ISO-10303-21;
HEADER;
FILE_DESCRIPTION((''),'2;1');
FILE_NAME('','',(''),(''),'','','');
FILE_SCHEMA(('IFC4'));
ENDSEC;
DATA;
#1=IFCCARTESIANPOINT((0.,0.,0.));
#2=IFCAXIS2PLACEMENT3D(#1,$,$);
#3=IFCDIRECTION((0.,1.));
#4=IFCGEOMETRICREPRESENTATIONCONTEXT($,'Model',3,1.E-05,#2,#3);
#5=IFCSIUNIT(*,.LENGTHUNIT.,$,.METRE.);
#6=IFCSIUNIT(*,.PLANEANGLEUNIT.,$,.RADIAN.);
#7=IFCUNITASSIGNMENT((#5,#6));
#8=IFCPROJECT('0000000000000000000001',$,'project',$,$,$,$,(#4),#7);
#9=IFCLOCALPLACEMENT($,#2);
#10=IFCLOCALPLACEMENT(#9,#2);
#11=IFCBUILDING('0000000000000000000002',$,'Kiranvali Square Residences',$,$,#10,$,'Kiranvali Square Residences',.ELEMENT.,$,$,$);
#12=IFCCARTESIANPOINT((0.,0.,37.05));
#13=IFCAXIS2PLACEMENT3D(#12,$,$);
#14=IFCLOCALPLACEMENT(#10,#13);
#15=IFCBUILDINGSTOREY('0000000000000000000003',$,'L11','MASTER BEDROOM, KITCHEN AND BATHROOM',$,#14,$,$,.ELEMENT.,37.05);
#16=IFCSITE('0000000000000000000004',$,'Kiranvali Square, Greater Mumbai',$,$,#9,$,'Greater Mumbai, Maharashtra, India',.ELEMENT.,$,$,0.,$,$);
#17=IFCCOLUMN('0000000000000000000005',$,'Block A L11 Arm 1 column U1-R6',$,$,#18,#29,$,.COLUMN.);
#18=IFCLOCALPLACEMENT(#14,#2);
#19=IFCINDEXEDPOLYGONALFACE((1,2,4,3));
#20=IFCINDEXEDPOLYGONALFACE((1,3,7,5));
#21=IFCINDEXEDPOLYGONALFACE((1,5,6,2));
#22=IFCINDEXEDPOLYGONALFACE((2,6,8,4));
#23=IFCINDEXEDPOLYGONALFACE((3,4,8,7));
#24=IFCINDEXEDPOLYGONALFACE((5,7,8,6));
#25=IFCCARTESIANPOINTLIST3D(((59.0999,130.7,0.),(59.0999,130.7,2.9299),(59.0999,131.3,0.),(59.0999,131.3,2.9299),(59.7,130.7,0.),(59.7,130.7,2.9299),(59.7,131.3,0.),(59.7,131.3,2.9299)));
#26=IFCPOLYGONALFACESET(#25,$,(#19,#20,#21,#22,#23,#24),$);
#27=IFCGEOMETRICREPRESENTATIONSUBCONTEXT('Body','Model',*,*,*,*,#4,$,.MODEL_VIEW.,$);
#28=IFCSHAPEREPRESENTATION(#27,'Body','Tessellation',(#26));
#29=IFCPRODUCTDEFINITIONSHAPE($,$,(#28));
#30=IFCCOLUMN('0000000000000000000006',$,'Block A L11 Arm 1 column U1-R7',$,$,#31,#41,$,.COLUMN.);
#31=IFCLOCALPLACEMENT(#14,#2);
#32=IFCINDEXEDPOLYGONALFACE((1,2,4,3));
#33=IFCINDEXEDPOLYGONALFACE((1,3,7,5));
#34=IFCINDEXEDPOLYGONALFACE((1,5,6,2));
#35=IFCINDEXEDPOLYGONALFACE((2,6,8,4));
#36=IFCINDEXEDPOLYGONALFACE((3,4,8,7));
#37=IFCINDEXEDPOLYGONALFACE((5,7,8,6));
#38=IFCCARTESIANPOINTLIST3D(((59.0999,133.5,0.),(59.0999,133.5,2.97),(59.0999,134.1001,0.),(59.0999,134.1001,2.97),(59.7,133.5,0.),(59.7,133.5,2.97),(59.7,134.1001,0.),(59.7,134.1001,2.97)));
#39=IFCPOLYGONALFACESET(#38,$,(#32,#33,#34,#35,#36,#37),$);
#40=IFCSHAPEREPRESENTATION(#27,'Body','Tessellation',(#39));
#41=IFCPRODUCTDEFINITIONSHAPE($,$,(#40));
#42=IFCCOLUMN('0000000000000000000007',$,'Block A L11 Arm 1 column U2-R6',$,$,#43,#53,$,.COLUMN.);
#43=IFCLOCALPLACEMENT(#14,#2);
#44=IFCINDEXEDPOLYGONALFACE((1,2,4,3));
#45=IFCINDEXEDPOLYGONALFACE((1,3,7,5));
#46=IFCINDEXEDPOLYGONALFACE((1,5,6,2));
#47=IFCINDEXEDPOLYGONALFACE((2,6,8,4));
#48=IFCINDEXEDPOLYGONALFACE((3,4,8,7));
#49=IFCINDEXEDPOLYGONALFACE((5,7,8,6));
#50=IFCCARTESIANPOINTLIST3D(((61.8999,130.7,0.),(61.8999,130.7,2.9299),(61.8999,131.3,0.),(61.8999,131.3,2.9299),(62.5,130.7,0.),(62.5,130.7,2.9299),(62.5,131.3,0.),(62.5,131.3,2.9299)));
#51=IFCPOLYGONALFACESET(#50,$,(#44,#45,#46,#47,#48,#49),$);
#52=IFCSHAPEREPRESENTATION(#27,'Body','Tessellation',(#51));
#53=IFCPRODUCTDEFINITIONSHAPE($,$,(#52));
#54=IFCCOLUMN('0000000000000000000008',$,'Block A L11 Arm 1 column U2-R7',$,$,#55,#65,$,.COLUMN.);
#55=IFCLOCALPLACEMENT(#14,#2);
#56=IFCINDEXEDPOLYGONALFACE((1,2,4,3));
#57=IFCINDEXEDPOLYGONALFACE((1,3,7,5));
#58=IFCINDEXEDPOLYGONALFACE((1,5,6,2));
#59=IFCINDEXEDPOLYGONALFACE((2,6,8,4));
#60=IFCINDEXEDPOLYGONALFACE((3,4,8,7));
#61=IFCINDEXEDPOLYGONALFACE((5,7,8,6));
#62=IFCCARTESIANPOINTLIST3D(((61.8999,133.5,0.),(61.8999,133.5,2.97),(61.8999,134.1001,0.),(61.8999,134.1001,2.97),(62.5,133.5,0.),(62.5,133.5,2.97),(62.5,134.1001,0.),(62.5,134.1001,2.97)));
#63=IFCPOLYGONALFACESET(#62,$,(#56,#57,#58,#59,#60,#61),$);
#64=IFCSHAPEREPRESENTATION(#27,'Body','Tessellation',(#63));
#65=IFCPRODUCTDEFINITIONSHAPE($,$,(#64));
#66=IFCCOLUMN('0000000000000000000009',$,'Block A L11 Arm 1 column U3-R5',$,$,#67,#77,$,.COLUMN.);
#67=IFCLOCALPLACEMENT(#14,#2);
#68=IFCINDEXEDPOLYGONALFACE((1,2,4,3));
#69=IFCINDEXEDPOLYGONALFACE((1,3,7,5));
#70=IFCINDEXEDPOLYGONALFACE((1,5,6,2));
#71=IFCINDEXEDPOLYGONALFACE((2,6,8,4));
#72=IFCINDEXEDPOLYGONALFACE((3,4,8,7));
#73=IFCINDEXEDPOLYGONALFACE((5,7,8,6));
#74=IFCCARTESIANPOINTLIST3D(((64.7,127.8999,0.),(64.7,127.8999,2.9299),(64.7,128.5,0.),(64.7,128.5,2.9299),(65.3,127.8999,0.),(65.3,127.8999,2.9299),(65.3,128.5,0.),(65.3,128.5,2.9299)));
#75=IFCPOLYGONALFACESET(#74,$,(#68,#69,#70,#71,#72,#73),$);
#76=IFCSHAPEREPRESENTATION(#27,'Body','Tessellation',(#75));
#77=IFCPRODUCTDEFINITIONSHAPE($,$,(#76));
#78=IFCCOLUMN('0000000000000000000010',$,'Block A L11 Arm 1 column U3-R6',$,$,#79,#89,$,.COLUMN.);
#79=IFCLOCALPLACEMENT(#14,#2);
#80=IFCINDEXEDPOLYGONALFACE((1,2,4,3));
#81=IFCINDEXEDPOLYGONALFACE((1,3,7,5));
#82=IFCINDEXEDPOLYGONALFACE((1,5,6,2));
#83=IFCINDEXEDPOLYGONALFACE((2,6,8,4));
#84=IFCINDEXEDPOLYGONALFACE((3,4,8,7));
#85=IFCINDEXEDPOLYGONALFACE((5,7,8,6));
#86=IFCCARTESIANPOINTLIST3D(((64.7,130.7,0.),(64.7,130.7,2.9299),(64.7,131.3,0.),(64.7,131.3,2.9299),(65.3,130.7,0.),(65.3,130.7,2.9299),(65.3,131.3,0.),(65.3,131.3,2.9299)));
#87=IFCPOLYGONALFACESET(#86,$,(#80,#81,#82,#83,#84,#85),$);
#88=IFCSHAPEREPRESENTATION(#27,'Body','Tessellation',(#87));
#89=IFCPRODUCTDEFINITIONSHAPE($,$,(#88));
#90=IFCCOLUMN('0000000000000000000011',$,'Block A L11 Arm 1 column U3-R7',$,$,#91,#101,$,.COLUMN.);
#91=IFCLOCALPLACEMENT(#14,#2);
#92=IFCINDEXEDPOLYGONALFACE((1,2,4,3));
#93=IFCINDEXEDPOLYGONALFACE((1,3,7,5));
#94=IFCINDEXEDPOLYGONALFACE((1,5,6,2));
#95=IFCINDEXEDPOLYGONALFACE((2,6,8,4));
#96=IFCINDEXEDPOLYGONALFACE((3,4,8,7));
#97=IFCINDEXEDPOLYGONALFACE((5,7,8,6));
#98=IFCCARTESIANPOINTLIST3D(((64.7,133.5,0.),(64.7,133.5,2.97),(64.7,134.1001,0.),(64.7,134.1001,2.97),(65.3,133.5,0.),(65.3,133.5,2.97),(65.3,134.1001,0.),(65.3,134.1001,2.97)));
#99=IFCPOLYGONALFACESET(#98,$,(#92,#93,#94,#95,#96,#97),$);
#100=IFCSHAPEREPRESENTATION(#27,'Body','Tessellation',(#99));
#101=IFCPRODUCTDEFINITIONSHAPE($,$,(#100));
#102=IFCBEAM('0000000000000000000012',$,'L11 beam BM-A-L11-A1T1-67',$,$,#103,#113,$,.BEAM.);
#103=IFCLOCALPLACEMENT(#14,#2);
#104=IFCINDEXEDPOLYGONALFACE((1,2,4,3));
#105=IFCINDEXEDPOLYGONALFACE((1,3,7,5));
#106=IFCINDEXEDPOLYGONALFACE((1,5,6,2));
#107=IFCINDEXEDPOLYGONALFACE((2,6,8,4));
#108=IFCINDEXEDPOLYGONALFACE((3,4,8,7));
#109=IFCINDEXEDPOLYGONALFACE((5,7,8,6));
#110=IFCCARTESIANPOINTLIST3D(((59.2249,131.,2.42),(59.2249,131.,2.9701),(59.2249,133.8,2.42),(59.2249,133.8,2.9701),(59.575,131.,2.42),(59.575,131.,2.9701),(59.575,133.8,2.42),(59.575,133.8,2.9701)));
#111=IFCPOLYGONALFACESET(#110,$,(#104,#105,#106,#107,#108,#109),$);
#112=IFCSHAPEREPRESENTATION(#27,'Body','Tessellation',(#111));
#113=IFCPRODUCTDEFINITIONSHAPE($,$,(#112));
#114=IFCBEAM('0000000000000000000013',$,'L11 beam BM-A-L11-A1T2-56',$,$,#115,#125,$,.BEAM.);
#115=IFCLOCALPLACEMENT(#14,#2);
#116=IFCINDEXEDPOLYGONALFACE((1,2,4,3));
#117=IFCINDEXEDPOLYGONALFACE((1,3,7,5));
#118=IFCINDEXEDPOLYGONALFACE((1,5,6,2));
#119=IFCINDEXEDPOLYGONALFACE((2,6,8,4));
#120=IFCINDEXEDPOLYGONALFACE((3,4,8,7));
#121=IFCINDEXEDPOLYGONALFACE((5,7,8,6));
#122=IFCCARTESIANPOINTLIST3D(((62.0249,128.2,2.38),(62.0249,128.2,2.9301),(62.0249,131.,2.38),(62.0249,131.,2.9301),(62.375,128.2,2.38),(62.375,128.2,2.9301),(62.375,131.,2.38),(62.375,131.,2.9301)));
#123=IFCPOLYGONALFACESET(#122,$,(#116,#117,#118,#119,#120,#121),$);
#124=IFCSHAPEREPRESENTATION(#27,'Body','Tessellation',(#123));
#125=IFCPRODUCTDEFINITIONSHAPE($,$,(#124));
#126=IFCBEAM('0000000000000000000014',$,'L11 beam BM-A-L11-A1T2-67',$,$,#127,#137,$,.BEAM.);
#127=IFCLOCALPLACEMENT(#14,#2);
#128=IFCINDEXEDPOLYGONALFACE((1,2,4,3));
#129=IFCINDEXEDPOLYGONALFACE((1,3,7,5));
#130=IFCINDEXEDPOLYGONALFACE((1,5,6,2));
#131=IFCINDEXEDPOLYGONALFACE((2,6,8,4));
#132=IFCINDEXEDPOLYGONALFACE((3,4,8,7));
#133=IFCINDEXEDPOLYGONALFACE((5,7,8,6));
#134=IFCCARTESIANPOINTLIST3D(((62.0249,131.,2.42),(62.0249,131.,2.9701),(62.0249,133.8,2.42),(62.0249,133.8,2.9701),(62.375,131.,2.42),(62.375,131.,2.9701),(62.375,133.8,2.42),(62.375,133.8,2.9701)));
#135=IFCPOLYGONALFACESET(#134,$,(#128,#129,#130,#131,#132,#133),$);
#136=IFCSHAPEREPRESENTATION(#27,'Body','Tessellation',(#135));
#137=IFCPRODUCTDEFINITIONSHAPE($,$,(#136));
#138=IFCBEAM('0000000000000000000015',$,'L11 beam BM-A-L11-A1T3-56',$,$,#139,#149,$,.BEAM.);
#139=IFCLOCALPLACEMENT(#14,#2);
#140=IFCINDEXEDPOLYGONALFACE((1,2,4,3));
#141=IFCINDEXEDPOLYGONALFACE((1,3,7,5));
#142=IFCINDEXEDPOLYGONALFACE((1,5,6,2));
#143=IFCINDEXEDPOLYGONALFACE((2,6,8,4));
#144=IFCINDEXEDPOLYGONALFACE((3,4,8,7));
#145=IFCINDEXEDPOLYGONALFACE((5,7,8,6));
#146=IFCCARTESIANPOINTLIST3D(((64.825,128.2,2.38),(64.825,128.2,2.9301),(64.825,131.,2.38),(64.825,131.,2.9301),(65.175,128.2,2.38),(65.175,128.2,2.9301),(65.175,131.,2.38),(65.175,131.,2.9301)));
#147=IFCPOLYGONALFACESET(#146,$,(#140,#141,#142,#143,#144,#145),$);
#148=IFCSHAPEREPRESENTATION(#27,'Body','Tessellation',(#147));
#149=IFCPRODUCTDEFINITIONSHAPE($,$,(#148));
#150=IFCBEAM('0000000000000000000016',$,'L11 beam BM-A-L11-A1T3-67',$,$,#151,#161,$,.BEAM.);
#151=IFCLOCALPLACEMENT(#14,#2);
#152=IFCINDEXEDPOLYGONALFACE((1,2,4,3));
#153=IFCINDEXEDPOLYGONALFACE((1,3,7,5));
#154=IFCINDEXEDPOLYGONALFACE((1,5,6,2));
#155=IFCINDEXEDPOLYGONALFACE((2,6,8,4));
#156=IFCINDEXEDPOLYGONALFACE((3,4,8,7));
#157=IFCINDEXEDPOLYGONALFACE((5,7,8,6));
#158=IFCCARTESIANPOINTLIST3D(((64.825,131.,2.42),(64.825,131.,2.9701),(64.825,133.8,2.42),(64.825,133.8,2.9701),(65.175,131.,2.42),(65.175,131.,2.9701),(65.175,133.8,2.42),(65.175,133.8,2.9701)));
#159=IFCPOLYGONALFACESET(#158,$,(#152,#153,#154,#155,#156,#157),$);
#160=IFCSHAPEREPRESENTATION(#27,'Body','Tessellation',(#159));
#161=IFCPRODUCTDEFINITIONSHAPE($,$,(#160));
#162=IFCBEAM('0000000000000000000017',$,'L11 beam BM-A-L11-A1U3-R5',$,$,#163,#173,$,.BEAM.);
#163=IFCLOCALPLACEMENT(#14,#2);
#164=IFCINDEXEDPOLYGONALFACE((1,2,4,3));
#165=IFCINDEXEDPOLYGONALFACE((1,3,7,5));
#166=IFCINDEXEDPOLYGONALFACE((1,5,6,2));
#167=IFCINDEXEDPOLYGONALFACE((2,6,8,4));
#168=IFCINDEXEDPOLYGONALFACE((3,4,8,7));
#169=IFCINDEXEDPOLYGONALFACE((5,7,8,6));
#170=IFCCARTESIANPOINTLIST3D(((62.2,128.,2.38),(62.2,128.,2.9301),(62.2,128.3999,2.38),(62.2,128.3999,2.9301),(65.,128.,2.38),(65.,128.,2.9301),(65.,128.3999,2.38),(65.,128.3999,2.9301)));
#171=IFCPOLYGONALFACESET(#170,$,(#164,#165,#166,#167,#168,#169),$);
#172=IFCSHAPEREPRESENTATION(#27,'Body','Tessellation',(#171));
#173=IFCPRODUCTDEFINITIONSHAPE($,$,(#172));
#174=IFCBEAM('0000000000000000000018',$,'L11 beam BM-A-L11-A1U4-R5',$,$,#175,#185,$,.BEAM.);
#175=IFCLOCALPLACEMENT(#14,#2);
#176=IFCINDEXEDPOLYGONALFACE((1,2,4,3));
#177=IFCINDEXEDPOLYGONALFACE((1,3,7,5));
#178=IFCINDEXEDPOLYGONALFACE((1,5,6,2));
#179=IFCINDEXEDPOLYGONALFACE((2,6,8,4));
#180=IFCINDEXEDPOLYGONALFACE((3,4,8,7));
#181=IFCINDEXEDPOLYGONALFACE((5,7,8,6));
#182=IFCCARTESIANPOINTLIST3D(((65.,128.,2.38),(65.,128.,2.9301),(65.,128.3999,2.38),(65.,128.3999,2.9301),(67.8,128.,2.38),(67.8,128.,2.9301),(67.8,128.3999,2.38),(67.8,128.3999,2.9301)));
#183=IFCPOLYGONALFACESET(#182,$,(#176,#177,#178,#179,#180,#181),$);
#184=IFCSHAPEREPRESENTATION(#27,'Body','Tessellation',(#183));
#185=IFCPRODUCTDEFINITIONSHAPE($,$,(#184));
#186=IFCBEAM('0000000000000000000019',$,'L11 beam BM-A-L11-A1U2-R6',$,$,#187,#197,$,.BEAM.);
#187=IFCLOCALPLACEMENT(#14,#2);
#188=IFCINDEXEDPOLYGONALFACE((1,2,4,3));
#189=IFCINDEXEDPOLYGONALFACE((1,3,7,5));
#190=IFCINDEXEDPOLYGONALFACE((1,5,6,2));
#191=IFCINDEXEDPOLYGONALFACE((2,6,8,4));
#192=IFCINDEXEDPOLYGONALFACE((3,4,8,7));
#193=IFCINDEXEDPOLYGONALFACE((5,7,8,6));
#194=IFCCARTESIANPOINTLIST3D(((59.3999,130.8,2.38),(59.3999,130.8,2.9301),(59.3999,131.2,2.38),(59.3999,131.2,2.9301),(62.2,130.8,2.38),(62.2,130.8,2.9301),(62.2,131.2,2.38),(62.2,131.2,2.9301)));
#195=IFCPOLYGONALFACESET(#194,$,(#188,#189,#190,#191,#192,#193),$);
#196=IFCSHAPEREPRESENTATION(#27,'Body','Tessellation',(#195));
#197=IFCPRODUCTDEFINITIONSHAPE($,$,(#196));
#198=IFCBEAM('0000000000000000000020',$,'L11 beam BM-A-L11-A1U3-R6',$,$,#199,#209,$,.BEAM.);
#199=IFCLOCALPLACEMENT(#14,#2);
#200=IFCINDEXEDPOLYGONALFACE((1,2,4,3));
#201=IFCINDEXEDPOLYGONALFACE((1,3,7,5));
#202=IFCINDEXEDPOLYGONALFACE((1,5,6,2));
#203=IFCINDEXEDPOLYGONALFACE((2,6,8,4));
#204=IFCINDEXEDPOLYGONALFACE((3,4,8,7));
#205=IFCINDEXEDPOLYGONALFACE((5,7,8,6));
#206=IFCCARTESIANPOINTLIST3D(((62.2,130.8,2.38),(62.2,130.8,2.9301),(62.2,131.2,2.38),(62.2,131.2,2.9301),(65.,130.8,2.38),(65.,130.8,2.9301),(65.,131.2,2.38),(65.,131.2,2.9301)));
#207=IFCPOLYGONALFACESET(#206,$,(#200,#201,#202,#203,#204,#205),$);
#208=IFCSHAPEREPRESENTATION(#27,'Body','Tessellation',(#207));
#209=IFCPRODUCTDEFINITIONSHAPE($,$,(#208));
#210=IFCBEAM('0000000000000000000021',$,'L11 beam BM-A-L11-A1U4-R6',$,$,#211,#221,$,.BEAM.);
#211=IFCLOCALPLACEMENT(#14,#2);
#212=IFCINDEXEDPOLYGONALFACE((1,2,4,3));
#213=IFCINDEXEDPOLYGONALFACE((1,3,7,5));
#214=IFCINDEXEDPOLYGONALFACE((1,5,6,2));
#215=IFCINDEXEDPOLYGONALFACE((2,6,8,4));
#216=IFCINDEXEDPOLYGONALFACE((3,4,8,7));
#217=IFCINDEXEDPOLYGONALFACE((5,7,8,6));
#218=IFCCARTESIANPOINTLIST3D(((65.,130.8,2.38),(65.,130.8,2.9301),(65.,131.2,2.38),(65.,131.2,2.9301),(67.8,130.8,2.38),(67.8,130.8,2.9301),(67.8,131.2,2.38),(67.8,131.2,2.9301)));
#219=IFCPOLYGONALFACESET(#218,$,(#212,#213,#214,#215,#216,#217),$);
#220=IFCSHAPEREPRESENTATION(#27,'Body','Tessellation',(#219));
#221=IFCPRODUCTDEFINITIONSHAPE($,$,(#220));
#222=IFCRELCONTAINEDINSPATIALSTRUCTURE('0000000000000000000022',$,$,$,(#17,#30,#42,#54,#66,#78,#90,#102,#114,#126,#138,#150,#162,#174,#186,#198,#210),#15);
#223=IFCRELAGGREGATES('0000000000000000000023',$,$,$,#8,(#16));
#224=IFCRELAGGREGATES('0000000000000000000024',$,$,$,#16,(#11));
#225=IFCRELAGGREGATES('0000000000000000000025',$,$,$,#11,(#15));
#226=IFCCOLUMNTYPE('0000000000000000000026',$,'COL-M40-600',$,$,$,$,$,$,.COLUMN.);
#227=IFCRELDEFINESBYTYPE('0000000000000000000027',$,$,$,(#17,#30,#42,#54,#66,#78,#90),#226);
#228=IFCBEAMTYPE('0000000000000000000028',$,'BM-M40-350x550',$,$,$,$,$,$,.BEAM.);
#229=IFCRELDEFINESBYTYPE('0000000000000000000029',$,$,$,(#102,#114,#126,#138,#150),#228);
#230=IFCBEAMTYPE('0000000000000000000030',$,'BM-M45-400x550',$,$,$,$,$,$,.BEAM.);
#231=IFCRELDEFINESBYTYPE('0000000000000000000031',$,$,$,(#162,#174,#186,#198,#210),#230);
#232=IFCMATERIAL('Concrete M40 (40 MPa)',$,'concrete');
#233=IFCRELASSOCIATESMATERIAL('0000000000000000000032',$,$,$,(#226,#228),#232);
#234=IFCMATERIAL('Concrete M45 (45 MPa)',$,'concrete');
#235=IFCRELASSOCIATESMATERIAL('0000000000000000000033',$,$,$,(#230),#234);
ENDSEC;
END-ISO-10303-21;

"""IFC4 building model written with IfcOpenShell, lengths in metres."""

from ifc_helpers import new_model, si_unit, direction, frame, origin, origin_2d, place, context, subcontext, project, spatial, rectangle, extrude, material, material_profile, profile_set, type_object, element, save


model = new_model("IFC4")

# Units and contexts
model_context = context("Model", 3, precision=1e-05, world=origin(), true_north=direction((0.0, 1.0)))
body_context = subcontext(model_context, "Body", "Model", "MODEL_VIEW")
ifc_project = project(units=[si_unit("LENGTHUNIT", "METRE"), si_unit("PLANEANGLEUNIT", "RADIAN")], contexts=[model_context])

# Site, building, storey
site_placement = place(None, origin())
site = spatial("IfcSite", under=ifc_project, at=site_placement, Name="Kiranvali Square, Greater Mumbai", LongName="Greater Mumbai, Maharashtra, India", CompositionType="ELEMENT", RefElevation=0.0)
building_placement = place(site_placement, origin())
building = spatial("IfcBuilding", under=site, at=building_placement, Name="Kiranvali Square Residences", LongName="Kiranvali Square Residences", CompositionType="ELEMENT")
storey_placement = place(building_placement, frame((0.0, 0.0, 37.05)))
storey = spatial("IfcBuildingStorey", under=building, at=storey_placement, Name="L11", Description="MASTER BEDROOM, KITCHEN AND BATHROOM", CompositionType="ELEMENT", Elevation=37.05)

# Columns
ifc_material_1 = material(Name="Concrete M40 (40 MPa)", Category="concrete")
ifc_material_profile_1 = material_profile(ifc_material_1, rectangle(XDim=0.6001, YDim=0.6001, at=origin_2d()), Name="RC 600x600")
ifc_profile_set_1 = profile_set([ifc_material_profile_1], Name="Concrete M40 (40 MPa)")
column_type = type_object("IfcColumnType", Name="COL-M40-600", PredefinedType="COLUMN", material=ifc_profile_set_1)
column_1_placement = place(storey_placement, frame((59.3999, 131.0, 0.0), z_axis=(0.0, 0.0, 1.0), x_axis=(1.0, 0.0, 0.0)))
element("IfcColumn", 1, at=column_1_placement, inside=storey, type_object=column_type, Name="Block A L11 Arm 1 column U1-R6", PredefinedType="COLUMN", context=body_context, shape_type="SweptSolid", body=[
    extrude(rectangle(XDim=0.6001, YDim=0.6001, at=origin_2d()), origin(), (0.0, 0.0, 1.0), 2.9299),
])
column_2_placement = place(storey_placement, frame((59.3999, 133.8, 0.0), z_axis=(0.0, 0.0, 1.0), x_axis=(1.0, 0.0, 0.0)))
element("IfcColumn", 2, at=column_2_placement, inside=storey, type_object=column_type, Name="Block A L11 Arm 1 column U1-R7", PredefinedType="COLUMN", context=body_context, shape_type="SweptSolid", body=[
    extrude(rectangle(XDim=0.6001, YDim=0.6001, at=origin_2d()), origin(), (0.0, 0.0, 1.0), 2.97),
])
column_3_placement = place(storey_placement, frame((62.2, 131.0, 0.0), z_axis=(0.0, 0.0, 1.0), x_axis=(1.0, 0.0, 0.0)))
element("IfcColumn", 3, at=column_3_placement, inside=storey, type_object=column_type, Name="Block A L11 Arm 1 column U2-R6", PredefinedType="COLUMN", context=body_context, shape_type="SweptSolid", body=[
    extrude(rectangle(XDim=0.6001, YDim=0.6001, at=origin_2d()), origin(), (0.0, 0.0, 1.0), 2.9299),
])
column_4_placement = place(storey_placement, frame((62.2, 133.8, 0.0), z_axis=(0.0, 0.0, 1.0), x_axis=(1.0, 0.0, 0.0)))
element("IfcColumn", 4, at=column_4_placement, inside=storey, type_object=column_type, Name="Block A L11 Arm 1 column U2-R7", PredefinedType="COLUMN", context=body_context, shape_type="SweptSolid", body=[
    extrude(rectangle(XDim=0.6001, YDim=0.6001, at=origin_2d()), origin(), (0.0, 0.0, 1.0), 2.97),
])
for number, where, z_axis, x_axis, name in (
    (5, (65.0, 128.2, 0.0), (0.0, 0.0, 1.0), (1.0, 0.0, 0.0), "Block A L11 Arm 1 column U3-R5"),
    (6, (65.0, 131.0, 0.0), (0.0, 0.0, 1.0), (1.0, 0.0, 0.0), "Block A L11 Arm 1 column U3-R6"),
):
    element("IfcColumn", number, at=place(storey_placement, frame(where, z_axis=z_axis, x_axis=x_axis)), inside=storey, type_object=column_type, Name=name, PredefinedType="COLUMN", context=body_context, shape_type="SweptSolid", body=[
        extrude(rectangle(XDim=0.6001, YDim=0.6001, at=origin_2d()), origin(), (0.0, 0.0, 1.0), 2.9299),
    ])
column_5_placement = place(storey_placement, frame((65.0, 133.8, 0.0), z_axis=(0.0, 0.0, 1.0), x_axis=(1.0, 0.0, 0.0)))
element("IfcColumn", 7, at=column_5_placement, inside=storey, type_object=column_type, Name="Block A L11 Arm 1 column U3-R7", PredefinedType="COLUMN", context=body_context, shape_type="SweptSolid", body=[
    extrude(rectangle(XDim=0.6001, YDim=0.6001, at=origin_2d()), origin(), (0.0, 0.0, 1.0), 2.97),
])

# Beams
ifc_material_profile_2 = material_profile(ifc_material_1, rectangle(XDim=0.3501, YDim=0.55, at=origin_2d()), Name="RC 350x550")
ifc_profile_set_2 = profile_set([ifc_material_profile_2], Name="Concrete M40 (40 MPa)")
beam_type_1 = type_object("IfcBeamType", Name="BM-M40-350x550", PredefinedType="BEAM", material=ifc_profile_set_2)
for number, where, z_axis, x_axis, name in (
    (8, (59.3999, 131.0, 2.6951), (0.0, 1.0, 0.0), (-1.0, 0.0, 0.0), "L11 beam BM-A-L11-A1T1-67"),
    (9, (62.2, 128.2, 2.655), (0.0, 1.0, 0.0), (-1.0, 0.0, 0.0), "L11 beam BM-A-L11-A1T2-56"),
    (10, (62.2, 131.0, 2.6951), (0.0, 1.0, 0.0), (-1.0, 0.0, 0.0), "L11 beam BM-A-L11-A1T2-67"),
    (11, (65.0, 128.2, 2.655), (0.0, 1.0, 0.0), (-1.0, 0.0, 0.0), "L11 beam BM-A-L11-A1T3-56"),
    (12, (65.0, 131.0, 2.6951), (0.0, 1.0, 0.0), (-1.0, 0.0, 0.0), "L11 beam BM-A-L11-A1T3-67"),
):
    element("IfcBeam", number, at=place(storey_placement, frame(where, z_axis=z_axis, x_axis=x_axis)), inside=storey, type_object=beam_type_1, Name=name, PredefinedType="BEAM", context=body_context, shape_type="SweptSolid", body=[
        extrude(rectangle(XDim=0.3501, YDim=0.55, at=origin_2d()), origin(), (0.0, 0.0, 1.0), 2.8),
    ])
ifc_material_2 = material(Name="Concrete M45 (45 MPa)", Category="concrete")
ifc_material_profile_3 = material_profile(ifc_material_2, rectangle(XDim=0.3999, YDim=0.55, at=origin_2d()), Name="RC 400x550")
ifc_profile_set_3 = profile_set([ifc_material_profile_3], Name="Concrete M45 (45 MPa)")
beam_type_2 = type_object("IfcBeamType", Name="BM-M45-400x550", PredefinedType="BEAM", material=ifc_profile_set_3)
for number, where, z_axis, x_axis, name in (
    (13, (62.2, 128.2, 2.655), (1.0, 0.0, 0.0), (0.0, 1.0, 0.0), "L11 beam BM-A-L11-A1U3-R5"),
    (14, (65.0, 128.2, 2.655), (1.0, 0.0, 0.0), (0.0, 1.0, 0.0), "L11 beam BM-A-L11-A1U4-R5"),
    (15, (59.3999, 131.0, 2.655), (1.0, 0.0, 0.0), (0.0, 1.0, 0.0), "L11 beam BM-A-L11-A1U2-R6"),
    (16, (62.2, 131.0, 2.655), (1.0, 0.0, 0.0), (0.0, 1.0, 0.0), "L11 beam BM-A-L11-A1U3-R6"),
    (17, (65.0, 131.0, 2.655), (1.0, 0.0, 0.0), (0.0, 1.0, 0.0), "L11 beam BM-A-L11-A1U4-R6"),
):
    element("IfcBeam", number, at=place(storey_placement, frame(where, z_axis=z_axis, x_axis=x_axis)), inside=storey, type_object=beam_type_2, Name=name, PredefinedType="BEAM", context=body_context, shape_type="SweptSolid", body=[
        extrude(rectangle(XDim=0.3999, YDim=0.55, at=origin_2d()), origin(), (0.0, 0.0, 1.0), 2.8),
    ])

save(model, "model.ifc")
